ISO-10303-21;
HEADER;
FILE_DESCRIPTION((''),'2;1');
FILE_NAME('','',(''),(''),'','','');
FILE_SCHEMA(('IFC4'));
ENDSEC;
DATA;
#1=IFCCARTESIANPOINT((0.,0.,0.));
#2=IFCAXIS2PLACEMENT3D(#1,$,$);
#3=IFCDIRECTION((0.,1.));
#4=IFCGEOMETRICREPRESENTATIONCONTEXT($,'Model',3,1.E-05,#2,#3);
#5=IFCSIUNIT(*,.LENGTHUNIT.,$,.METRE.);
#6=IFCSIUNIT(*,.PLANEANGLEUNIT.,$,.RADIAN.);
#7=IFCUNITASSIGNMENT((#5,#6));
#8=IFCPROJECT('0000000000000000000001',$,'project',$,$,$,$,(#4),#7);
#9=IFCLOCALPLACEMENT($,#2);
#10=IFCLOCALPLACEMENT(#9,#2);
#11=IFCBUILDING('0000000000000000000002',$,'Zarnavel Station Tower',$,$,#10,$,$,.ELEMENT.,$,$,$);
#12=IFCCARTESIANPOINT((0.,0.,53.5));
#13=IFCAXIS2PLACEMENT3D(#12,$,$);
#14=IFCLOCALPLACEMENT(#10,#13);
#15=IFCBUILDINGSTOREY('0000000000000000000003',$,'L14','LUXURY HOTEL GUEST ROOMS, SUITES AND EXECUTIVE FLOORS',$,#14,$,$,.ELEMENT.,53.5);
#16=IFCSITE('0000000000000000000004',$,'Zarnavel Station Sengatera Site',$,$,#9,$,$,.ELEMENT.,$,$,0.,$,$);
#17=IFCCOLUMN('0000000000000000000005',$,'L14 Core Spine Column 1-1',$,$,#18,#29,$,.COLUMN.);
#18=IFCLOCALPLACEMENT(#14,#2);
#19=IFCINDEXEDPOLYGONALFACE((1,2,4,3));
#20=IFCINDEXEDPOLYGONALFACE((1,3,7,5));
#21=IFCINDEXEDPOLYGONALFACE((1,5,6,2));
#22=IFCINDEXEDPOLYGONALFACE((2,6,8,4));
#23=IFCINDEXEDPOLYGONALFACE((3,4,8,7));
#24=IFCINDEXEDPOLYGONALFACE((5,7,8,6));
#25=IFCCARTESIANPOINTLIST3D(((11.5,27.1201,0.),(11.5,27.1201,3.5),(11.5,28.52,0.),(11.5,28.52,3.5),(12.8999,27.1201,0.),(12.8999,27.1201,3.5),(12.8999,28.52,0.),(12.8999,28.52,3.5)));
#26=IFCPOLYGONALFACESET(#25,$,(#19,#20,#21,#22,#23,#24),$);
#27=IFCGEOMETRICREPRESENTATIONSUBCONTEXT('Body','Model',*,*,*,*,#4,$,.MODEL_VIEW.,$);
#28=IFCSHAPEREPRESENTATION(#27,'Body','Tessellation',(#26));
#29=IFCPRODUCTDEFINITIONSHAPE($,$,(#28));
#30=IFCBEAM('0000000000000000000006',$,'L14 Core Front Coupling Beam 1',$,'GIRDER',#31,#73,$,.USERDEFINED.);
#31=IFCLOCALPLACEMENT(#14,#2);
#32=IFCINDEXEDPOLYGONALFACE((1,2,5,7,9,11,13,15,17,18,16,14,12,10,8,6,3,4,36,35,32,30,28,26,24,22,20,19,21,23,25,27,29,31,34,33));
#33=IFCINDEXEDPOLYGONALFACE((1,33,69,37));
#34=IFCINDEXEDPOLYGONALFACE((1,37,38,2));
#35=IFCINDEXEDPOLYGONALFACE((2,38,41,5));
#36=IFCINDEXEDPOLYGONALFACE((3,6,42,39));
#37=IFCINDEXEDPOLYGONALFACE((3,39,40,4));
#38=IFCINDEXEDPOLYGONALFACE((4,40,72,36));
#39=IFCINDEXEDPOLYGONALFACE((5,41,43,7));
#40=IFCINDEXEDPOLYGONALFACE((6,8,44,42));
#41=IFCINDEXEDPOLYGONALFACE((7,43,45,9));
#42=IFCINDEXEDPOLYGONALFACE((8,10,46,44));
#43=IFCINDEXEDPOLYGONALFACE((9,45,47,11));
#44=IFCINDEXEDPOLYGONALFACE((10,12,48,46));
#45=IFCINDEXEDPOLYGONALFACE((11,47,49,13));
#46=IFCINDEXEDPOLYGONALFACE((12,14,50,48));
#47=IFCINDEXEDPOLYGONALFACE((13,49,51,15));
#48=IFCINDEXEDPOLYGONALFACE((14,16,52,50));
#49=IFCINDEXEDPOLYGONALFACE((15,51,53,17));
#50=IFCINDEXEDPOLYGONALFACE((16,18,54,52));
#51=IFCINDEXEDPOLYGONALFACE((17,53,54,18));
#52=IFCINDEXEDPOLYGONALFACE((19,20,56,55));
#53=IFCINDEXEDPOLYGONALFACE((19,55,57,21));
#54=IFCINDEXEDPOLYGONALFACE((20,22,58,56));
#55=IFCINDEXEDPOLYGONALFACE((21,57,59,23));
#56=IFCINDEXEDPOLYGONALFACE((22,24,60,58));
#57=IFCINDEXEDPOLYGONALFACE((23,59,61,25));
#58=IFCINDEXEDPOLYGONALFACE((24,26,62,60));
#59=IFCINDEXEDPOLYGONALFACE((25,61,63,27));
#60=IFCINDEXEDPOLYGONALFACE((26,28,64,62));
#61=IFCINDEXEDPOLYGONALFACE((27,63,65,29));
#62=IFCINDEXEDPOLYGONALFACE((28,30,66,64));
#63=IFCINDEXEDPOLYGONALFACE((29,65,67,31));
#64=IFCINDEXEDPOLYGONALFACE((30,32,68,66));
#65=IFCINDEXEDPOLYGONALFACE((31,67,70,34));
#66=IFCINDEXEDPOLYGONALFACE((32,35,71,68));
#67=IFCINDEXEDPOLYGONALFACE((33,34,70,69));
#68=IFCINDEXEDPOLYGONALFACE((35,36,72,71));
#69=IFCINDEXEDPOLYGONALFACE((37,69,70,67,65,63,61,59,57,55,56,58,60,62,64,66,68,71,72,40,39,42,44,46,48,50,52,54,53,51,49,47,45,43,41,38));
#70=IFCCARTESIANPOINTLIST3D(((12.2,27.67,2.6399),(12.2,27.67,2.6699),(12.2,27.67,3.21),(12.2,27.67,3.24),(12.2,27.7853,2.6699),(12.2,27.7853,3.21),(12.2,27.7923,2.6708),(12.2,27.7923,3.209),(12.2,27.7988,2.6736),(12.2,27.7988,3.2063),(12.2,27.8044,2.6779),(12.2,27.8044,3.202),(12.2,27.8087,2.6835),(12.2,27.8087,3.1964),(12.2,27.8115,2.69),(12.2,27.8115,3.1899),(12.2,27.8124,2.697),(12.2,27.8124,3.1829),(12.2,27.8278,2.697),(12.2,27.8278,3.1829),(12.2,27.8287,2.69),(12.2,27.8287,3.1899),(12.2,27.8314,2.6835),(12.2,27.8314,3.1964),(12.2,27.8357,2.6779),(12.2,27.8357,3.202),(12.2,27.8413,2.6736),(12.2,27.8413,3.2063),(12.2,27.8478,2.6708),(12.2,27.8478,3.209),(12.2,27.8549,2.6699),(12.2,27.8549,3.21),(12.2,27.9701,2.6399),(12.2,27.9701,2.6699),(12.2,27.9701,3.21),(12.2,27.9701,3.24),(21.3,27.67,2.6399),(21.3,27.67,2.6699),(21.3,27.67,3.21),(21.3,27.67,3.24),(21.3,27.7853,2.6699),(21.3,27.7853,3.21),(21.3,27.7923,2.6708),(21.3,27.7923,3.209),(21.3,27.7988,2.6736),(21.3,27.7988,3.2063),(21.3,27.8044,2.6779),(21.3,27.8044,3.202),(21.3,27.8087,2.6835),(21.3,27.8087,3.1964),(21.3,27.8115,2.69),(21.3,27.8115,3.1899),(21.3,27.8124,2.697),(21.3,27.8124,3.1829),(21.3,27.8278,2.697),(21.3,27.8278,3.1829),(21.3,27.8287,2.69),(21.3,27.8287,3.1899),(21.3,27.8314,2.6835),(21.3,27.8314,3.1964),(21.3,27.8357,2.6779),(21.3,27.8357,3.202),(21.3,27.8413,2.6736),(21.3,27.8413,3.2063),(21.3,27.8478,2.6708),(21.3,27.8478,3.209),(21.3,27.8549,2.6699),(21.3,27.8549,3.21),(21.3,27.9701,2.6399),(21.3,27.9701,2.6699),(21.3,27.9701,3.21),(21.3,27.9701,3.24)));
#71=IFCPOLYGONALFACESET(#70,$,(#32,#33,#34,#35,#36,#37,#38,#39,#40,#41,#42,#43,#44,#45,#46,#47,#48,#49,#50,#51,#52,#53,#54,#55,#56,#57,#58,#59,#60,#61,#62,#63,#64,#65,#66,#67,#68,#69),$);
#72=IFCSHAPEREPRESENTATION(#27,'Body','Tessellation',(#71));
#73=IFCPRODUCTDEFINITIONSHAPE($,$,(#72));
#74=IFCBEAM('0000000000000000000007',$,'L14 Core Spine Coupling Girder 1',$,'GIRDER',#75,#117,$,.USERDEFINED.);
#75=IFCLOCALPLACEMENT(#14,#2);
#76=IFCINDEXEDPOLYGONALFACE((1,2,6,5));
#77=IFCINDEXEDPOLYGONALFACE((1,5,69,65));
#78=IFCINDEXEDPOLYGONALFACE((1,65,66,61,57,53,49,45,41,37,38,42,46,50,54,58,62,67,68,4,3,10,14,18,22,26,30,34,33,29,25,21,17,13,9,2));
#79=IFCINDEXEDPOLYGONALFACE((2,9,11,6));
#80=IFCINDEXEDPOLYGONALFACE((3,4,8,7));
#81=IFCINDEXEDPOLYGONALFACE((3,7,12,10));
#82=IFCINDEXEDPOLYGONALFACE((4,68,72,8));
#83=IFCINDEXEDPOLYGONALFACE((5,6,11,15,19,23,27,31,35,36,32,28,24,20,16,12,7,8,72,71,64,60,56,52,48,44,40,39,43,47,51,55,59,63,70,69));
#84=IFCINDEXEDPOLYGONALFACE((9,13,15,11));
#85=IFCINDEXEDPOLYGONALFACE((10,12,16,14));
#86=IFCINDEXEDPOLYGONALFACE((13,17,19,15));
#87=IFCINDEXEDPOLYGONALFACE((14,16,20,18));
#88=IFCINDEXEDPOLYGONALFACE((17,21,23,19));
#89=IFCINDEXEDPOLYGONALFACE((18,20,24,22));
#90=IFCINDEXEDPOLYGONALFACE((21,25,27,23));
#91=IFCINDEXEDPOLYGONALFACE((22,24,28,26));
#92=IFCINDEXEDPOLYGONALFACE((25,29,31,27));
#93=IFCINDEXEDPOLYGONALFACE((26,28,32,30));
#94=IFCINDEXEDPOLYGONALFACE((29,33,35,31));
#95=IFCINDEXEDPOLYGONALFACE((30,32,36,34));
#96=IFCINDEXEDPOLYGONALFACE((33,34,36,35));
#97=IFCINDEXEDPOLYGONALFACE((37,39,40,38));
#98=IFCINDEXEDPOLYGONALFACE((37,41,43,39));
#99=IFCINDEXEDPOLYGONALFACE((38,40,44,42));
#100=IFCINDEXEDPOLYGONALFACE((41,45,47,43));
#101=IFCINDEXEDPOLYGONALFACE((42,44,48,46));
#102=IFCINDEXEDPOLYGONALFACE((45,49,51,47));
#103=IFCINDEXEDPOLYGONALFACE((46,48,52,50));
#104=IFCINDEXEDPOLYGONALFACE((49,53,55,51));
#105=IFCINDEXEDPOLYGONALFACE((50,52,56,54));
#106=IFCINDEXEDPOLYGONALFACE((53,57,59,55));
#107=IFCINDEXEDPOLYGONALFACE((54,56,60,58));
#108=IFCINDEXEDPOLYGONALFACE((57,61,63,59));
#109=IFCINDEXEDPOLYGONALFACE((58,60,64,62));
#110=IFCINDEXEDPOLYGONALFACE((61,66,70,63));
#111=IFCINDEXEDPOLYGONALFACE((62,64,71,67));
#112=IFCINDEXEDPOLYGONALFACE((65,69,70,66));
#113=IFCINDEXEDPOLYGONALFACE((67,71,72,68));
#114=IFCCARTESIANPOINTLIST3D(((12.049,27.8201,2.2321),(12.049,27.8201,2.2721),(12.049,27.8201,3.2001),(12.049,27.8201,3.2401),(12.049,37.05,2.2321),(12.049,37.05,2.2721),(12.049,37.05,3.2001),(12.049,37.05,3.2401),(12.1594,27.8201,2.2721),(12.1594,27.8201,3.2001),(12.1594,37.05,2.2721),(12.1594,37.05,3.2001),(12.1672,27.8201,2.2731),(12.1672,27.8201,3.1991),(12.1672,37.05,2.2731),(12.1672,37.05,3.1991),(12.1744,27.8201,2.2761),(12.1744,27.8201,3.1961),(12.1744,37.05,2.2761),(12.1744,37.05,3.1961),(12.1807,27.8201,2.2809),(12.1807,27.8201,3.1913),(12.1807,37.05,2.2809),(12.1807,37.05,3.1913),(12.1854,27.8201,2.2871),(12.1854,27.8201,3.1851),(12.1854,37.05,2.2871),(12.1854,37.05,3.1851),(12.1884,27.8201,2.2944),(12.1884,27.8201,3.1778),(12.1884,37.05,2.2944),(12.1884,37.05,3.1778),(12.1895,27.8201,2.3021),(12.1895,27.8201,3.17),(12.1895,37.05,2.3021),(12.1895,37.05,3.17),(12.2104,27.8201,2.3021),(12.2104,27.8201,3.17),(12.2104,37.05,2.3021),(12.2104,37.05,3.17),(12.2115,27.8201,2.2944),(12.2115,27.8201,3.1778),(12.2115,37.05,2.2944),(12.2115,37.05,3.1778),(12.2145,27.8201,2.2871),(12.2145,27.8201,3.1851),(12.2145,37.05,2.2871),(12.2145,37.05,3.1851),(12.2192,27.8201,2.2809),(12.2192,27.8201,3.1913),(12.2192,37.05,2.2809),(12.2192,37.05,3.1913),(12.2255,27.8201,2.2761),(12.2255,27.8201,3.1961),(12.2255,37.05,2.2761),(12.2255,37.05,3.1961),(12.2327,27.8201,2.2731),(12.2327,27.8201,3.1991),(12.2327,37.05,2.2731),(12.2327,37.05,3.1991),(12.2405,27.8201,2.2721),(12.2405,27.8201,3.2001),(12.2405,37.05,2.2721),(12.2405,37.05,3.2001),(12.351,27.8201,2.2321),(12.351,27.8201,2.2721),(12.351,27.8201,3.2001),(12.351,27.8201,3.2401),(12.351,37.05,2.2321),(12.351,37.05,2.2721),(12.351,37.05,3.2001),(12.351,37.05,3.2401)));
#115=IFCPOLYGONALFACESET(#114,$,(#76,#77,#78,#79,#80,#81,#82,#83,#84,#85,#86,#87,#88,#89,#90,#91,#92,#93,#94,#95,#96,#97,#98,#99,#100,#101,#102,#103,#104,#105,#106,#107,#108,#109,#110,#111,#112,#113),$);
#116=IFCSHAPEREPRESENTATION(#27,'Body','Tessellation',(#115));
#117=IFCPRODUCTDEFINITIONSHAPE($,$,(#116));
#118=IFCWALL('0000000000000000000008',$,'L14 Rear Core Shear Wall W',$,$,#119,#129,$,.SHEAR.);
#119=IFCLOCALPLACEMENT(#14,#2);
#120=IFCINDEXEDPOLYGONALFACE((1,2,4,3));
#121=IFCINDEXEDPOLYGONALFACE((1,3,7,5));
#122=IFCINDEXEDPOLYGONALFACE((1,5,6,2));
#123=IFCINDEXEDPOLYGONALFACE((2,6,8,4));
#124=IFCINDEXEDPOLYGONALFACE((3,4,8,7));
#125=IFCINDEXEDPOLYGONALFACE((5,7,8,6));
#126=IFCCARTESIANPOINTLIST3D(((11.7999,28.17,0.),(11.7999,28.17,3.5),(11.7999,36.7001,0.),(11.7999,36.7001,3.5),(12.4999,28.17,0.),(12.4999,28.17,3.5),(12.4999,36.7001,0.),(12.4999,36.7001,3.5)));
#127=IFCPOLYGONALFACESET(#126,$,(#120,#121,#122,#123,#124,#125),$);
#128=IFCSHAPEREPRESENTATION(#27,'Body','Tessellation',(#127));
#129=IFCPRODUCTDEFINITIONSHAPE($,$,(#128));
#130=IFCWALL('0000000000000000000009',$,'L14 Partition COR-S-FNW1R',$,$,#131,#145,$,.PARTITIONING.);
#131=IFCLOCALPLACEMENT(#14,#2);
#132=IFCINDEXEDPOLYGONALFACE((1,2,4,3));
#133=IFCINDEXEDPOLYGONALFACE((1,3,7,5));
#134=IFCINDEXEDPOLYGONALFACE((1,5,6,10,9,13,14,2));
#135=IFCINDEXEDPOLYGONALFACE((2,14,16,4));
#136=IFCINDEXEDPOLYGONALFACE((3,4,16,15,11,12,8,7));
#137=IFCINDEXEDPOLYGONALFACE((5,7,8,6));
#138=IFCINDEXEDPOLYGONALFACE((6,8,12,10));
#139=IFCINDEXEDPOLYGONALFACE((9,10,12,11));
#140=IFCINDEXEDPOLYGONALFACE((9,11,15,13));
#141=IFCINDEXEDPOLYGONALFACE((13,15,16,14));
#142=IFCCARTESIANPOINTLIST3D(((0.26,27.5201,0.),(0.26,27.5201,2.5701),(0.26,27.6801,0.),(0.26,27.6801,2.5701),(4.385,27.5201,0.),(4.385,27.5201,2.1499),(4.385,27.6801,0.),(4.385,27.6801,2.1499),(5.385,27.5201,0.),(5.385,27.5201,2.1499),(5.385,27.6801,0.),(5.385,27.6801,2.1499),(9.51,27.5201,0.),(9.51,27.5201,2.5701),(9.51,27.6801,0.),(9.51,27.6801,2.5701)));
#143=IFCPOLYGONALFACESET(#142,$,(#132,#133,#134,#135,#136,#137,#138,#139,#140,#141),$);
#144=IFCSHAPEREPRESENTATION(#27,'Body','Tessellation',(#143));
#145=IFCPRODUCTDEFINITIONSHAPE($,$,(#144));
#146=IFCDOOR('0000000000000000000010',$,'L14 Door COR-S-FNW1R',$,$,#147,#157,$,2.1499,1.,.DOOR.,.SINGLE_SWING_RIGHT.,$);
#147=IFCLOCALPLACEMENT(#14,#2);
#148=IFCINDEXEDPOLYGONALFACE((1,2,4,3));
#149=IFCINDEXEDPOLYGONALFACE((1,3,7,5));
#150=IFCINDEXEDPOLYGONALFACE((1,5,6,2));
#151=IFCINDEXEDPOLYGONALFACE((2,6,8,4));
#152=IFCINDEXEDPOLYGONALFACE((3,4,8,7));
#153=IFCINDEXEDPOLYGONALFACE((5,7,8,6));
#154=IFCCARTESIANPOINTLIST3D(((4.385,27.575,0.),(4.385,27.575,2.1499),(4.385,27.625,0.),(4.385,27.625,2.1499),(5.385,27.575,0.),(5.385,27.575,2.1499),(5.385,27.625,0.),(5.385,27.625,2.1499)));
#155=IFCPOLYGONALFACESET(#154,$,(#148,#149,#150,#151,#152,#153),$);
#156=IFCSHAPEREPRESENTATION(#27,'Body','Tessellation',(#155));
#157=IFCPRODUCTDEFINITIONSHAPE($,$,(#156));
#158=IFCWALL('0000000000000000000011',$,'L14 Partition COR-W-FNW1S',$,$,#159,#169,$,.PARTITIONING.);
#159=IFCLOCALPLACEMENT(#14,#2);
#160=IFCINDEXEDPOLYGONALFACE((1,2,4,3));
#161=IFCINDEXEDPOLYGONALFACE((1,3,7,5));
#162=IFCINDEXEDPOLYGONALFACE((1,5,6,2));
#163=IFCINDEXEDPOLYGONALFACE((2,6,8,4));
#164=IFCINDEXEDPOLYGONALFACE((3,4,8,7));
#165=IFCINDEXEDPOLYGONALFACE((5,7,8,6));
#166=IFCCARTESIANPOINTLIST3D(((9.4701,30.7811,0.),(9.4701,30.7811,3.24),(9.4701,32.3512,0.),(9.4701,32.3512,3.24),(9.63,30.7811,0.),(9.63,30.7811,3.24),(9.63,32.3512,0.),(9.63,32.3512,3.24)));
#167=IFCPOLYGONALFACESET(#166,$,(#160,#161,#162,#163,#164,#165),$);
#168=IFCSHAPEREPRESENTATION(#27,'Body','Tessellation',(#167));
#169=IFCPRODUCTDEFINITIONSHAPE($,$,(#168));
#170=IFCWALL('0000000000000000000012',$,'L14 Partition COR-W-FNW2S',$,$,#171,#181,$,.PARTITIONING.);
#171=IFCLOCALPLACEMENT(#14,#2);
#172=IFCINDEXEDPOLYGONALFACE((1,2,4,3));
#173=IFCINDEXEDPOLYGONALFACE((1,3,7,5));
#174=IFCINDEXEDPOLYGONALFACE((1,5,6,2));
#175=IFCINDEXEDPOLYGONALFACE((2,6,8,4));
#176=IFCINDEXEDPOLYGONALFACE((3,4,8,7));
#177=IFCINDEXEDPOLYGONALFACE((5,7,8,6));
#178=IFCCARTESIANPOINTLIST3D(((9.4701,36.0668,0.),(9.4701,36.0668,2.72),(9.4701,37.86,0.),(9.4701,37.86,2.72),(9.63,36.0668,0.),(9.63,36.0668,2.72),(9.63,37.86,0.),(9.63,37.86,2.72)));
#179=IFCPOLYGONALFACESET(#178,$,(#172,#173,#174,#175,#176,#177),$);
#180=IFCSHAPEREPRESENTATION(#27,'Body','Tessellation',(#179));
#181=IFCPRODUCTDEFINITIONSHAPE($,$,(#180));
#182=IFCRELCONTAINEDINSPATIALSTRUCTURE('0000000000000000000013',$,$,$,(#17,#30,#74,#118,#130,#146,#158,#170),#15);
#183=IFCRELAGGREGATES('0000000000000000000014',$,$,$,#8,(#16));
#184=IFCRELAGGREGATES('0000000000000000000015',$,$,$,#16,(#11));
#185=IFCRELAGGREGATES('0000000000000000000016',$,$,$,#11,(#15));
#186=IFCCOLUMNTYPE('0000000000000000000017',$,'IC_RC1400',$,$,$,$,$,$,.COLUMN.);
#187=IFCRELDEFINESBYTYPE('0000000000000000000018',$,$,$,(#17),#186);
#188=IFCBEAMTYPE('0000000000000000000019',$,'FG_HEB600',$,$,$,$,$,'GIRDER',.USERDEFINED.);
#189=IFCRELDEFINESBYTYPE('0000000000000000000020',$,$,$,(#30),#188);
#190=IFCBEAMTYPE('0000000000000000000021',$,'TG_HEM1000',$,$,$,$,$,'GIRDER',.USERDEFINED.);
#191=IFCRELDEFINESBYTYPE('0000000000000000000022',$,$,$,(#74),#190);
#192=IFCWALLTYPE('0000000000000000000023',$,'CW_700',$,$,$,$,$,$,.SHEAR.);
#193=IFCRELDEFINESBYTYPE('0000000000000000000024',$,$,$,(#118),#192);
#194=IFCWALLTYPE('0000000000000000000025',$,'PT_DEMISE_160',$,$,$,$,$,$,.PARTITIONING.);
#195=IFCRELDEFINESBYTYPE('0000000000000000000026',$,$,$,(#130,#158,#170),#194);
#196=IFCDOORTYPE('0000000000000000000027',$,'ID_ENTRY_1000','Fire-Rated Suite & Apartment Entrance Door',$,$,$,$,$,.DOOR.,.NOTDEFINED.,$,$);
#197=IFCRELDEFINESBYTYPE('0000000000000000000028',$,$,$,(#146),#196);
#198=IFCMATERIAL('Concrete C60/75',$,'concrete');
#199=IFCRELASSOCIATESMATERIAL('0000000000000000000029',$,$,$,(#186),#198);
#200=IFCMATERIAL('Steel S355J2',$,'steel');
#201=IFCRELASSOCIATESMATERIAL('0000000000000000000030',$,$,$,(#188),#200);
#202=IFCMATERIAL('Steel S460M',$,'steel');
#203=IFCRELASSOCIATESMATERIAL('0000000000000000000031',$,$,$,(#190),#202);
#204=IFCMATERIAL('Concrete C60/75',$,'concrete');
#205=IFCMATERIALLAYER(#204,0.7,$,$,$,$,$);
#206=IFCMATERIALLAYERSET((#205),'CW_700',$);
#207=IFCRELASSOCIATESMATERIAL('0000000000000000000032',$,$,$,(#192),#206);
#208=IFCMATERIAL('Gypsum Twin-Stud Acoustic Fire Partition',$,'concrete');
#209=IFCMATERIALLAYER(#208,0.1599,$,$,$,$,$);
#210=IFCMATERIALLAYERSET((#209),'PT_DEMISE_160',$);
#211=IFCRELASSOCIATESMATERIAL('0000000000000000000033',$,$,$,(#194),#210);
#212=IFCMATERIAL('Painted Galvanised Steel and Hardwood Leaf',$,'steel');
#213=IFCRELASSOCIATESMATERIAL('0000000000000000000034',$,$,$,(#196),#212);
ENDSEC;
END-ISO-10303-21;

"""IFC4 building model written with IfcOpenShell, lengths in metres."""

from ifc_helpers import new_model, si_unit, direction, frame, frame_2d, origin, origin_2d, place, context, subcontext, project, spatial, rectangle, i_section, extrude, material, layer, layer_set, material_profile, profile_set, type_object, element, fill, save


model = new_model("IFC4")

# Units and contexts
model_context = context("Model", 3, precision=1e-05, world=origin(), true_north=direction((0.0, 1.0)))
body_context = subcontext(model_context, "Body", "Model", "MODEL_VIEW")
ifc_project = project(units=[si_unit("LENGTHUNIT", "METRE"), si_unit("PLANEANGLEUNIT", "RADIAN")], contexts=[model_context])

# Site, building, storey
site_placement = place(None, origin())
site = spatial("IfcSite", under=ifc_project, at=site_placement, Name="Zarnavel Station Sengatera Site", CompositionType="ELEMENT", RefElevation=0.0)
building_placement = place(site_placement, origin())
building = spatial("IfcBuilding", under=site, at=building_placement, Name="Zarnavel Station Tower", CompositionType="ELEMENT")
storey_placement = place(building_placement, frame((0.0, 0.0, 53.5)))
storey = spatial("IfcBuildingStorey", under=building, at=storey_placement, Name="L14", Description="LUXURY HOTEL GUEST ROOMS, SUITES AND EXECUTIVE FLOORS", CompositionType="ELEMENT", Elevation=53.5)

# Column
ifc_material_1 = material(Name="Concrete C60/75", Category="concrete")
ifc_material_profile_1 = material_profile(ifc_material_1, rectangle(XDim=1.3999, YDim=1.3999, at=origin_2d()), Name="RC1400x1400")
ifc_profile_set_1 = profile_set([ifc_material_profile_1], Name="Concrete C60/75")
column_type = type_object("IfcColumnType", Name="IC_RC1400", PredefinedType="COLUMN", material=ifc_profile_set_1)
column_placement = place(storey_placement, frame((12.2, 27.8201, 0.0), z_axis=(0.0, 0.0, 1.0), x_axis=(1.0, 0.0, 0.0)))
element("IfcColumn", 1, at=column_placement, inside=storey, type_object=column_type, Name="L14 Core Spine Column 1-1", PredefinedType="COLUMN", context=body_context, shape_type="SweptSolid", body=[
    extrude(rectangle(XDim=1.3999, YDim=1.3999, at=origin_2d()), origin(), (0.0, 0.0, 1.0), 3.5),
])

# Beams
ifc_material_2 = material(Name="Steel S355J2", Category="steel")
ifc_material_profile_2 = material_profile(ifc_material_2, i_section(OverallWidth=0.3, OverallDepth=0.6001, WebThickness=0.0154, FlangeThickness=0.03, FilletRadius=0.0271, at=origin_2d()), Name="HEB600")
ifc_profile_set_2 = profile_set([ifc_material_profile_2], Name="Steel S355J2")
beam_type_1 = type_object("IfcBeamType", Name="FG_HEB600", ElementType="GIRDER", PredefinedType="USERDEFINED", material=ifc_profile_set_2)
beam_1_placement = place(storey_placement, frame((12.2, 27.8201, 2.9399), z_axis=(1.0, 0.0, 0.0), x_axis=(0.0, 1.0, 0.0)))
element("IfcBeam", 2, at=beam_1_placement, inside=storey, type_object=beam_type_1, Name="L14 Core Front Coupling Beam 1", ObjectType="GIRDER", PredefinedType="USERDEFINED", context=body_context, shape_type="SweptSolid", body=[
    extrude(i_section(OverallWidth=0.3, OverallDepth=0.6001, WebThickness=0.0154, FlangeThickness=0.03, FilletRadius=0.0271, at=origin_2d()), origin(), (0.0, 0.0, 1.0), 9.1001),
])
ifc_material_3 = material(Name="Steel S460M", Category="steel")
ifc_material_profile_3 = material_profile(ifc_material_3, i_section(OverallWidth=0.302, OverallDepth=1.0081, WebThickness=0.021, FlangeThickness=0.04, FilletRadius=0.03, at=origin_2d()), Name="HEM1000")
ifc_profile_set_3 = profile_set([ifc_material_profile_3], Name="Steel S460M")
beam_type_2 = type_object("IfcBeamType", Name="TG_HEM1000", ElementType="GIRDER", PredefinedType="USERDEFINED", material=ifc_profile_set_3)
beam_2_placement = place(storey_placement, frame((12.2, 27.8201, 2.7361), z_axis=(0.0, 1.0, 0.0), x_axis=(-1.0, 0.0, 0.0)))
element("IfcBeam", 3, at=beam_2_placement, inside=storey, type_object=beam_type_2, Name="L14 Core Spine Coupling Girder 1", ObjectType="GIRDER", PredefinedType="USERDEFINED", context=body_context, shape_type="SweptSolid", body=[
    extrude(i_section(OverallWidth=0.302, OverallDepth=1.0081, WebThickness=0.021, FlangeThickness=0.04, FilletRadius=0.03, at=origin_2d()), origin(), (0.0, 0.0, 1.0), 9.23),
])

# Wall
ifc_material_4 = material(Name="Concrete C60/75", Category="concrete")
ifc_layer_1 = layer(ifc_material_4, 0.7)
ifc_layer_set_1 = layer_set([ifc_layer_1], Name="CW_700")
wall_type_1 = type_object("IfcWallType", Name="CW_700", PredefinedType="SHEAR", material=ifc_layer_set_1)
wall_1_placement = place(storey_placement, frame((12.1499, 28.1699, 0.0), z_axis=(0.0, 0.0, 1.0), x_axis=(0.0, 1.0, 0.0)))
element("IfcWall", 4, at=wall_1_placement, inside=storey, type_object=wall_type_1, Name="L14 Rear Core Shear Wall W", PredefinedType="SHEAR", context=body_context, shape_type="SweptSolid", body=[
    extrude(rectangle(XDim=8.53, YDim=0.7, at=frame_2d((4.2651, 0.0))), origin(), (0.0, 0.0, 1.0), 3.5),
])

# Wall, opening, door
ifc_material_5 = material(Name="Gypsum Twin-Stud Acoustic Fire Partition", Category="concrete")
ifc_layer_2 = layer(ifc_material_5, 0.1599)
ifc_layer_set_2 = layer_set([ifc_layer_2], Name="PT_DEMISE_160")
wall_type_2 = type_object("IfcWallType", Name="PT_DEMISE_160", PredefinedType="PARTITIONING", material=ifc_layer_set_2)
wall_2_placement = place(storey_placement, frame((0.26, 27.6001, 0.0), z_axis=(0.0, 0.0, 1.0), x_axis=(1.0, 0.0, 0.0)))
wall_2 = element("IfcWall", 5, at=wall_2_placement, inside=storey, type_object=wall_type_2, Name="L14 Partition COR-S-FNW1R", PredefinedType="PARTITIONING", context=body_context, shape_type="SweptSolid", body=[
    extrude(rectangle(XDim=9.25, YDim=0.1599, at=frame_2d((4.625, 0.0))), origin(), (0.0, 0.0, 1.0), 2.5701),
])
opening_1_placement = place(wall_2_placement, frame((4.125, 0.0, 0.0)))
opening_1 = element("IfcOpeningElement", 6, at=opening_1_placement, cuts=wall_2, PredefinedType="OPENING", context=body_context, shape_type="SweptSolid", body=[
    extrude(rectangle(XDim=1.0, YDim=2.1499, at=frame_2d((0.5, 1.075))), frame((0.0, 0.0898, 0.0), z_axis=(0.0, -1.0, 0.0), x_axis=(1.0, 0.0, 0.0)), (0.0, 0.0, 1.0), 0.1799),
])
ifc_material_6 = material(Name="Painted Galvanised Steel and Hardwood Leaf", Category="steel")
door_type_1 = type_object("IfcDoorType", Name="ID_ENTRY_1000", Description="Fire-Rated Suite & Apartment Entrance Door", OperationType="NOTDEFINED", PredefinedType="DOOR", material=ifc_material_6)
door_1_placement = place(opening_1_placement, origin())
door_1 = element("IfcDoor", 7, at=door_1_placement, inside=storey, type_object=door_type_1, Name="L14 Door COR-S-FNW1R", OperationType="SINGLE_SWING_RIGHT", OverallHeight=2.1499, OverallWidth=1.0, PredefinedType="DOOR", context=body_context, shape_type="SweptSolid", body=[
    extrude(rectangle(XDim=1.0, YDim=2.1499, at=frame_2d((0.5, 1.075))), frame((0.0, 0.0249, 0.0), z_axis=(0.0, -1.0, 0.0), x_axis=(1.0, 0.0, 0.0)), (0.0, 0.0, 1.0), 0.05),
])
fill(opening_1, door_1)

# Wall
wall_3_placement = place(storey_placement, frame((9.55, 30.781, 0.0), z_axis=(0.0, 0.0, 1.0), x_axis=(0.0, 1.0, 0.0)))
element("IfcWall", 8, at=wall_3_placement, inside=storey, type_object=wall_type_2, Name="L14 Partition COR-W-FNW1S", PredefinedType="PARTITIONING", context=body_context, shape_type="SweptSolid", body=[
    extrude(rectangle(XDim=1.5701, YDim=0.1599, at=frame_2d((0.7852, 0.0))), origin(), (0.0, 0.0, 1.0), 3.24),
])

# Wall
wall_4_placement = place(storey_placement, frame((9.55, 36.0669, 0.0), z_axis=(0.0, 0.0, 1.0), x_axis=(0.0, 1.0, 0.0)))
element("IfcWall", 9, at=wall_4_placement, inside=storey, type_object=wall_type_2, Name="L14 Partition COR-W-FNW2S", PredefinedType="PARTITIONING", context=body_context, shape_type="SweptSolid", body=[
    extrude(rectangle(XDim=1.7932, YDim=0.1599, at=frame_2d((0.8965, 0.0))), origin(), (0.0, 0.0, 1.0), 2.72),
])

save(model, "model.ifc")
